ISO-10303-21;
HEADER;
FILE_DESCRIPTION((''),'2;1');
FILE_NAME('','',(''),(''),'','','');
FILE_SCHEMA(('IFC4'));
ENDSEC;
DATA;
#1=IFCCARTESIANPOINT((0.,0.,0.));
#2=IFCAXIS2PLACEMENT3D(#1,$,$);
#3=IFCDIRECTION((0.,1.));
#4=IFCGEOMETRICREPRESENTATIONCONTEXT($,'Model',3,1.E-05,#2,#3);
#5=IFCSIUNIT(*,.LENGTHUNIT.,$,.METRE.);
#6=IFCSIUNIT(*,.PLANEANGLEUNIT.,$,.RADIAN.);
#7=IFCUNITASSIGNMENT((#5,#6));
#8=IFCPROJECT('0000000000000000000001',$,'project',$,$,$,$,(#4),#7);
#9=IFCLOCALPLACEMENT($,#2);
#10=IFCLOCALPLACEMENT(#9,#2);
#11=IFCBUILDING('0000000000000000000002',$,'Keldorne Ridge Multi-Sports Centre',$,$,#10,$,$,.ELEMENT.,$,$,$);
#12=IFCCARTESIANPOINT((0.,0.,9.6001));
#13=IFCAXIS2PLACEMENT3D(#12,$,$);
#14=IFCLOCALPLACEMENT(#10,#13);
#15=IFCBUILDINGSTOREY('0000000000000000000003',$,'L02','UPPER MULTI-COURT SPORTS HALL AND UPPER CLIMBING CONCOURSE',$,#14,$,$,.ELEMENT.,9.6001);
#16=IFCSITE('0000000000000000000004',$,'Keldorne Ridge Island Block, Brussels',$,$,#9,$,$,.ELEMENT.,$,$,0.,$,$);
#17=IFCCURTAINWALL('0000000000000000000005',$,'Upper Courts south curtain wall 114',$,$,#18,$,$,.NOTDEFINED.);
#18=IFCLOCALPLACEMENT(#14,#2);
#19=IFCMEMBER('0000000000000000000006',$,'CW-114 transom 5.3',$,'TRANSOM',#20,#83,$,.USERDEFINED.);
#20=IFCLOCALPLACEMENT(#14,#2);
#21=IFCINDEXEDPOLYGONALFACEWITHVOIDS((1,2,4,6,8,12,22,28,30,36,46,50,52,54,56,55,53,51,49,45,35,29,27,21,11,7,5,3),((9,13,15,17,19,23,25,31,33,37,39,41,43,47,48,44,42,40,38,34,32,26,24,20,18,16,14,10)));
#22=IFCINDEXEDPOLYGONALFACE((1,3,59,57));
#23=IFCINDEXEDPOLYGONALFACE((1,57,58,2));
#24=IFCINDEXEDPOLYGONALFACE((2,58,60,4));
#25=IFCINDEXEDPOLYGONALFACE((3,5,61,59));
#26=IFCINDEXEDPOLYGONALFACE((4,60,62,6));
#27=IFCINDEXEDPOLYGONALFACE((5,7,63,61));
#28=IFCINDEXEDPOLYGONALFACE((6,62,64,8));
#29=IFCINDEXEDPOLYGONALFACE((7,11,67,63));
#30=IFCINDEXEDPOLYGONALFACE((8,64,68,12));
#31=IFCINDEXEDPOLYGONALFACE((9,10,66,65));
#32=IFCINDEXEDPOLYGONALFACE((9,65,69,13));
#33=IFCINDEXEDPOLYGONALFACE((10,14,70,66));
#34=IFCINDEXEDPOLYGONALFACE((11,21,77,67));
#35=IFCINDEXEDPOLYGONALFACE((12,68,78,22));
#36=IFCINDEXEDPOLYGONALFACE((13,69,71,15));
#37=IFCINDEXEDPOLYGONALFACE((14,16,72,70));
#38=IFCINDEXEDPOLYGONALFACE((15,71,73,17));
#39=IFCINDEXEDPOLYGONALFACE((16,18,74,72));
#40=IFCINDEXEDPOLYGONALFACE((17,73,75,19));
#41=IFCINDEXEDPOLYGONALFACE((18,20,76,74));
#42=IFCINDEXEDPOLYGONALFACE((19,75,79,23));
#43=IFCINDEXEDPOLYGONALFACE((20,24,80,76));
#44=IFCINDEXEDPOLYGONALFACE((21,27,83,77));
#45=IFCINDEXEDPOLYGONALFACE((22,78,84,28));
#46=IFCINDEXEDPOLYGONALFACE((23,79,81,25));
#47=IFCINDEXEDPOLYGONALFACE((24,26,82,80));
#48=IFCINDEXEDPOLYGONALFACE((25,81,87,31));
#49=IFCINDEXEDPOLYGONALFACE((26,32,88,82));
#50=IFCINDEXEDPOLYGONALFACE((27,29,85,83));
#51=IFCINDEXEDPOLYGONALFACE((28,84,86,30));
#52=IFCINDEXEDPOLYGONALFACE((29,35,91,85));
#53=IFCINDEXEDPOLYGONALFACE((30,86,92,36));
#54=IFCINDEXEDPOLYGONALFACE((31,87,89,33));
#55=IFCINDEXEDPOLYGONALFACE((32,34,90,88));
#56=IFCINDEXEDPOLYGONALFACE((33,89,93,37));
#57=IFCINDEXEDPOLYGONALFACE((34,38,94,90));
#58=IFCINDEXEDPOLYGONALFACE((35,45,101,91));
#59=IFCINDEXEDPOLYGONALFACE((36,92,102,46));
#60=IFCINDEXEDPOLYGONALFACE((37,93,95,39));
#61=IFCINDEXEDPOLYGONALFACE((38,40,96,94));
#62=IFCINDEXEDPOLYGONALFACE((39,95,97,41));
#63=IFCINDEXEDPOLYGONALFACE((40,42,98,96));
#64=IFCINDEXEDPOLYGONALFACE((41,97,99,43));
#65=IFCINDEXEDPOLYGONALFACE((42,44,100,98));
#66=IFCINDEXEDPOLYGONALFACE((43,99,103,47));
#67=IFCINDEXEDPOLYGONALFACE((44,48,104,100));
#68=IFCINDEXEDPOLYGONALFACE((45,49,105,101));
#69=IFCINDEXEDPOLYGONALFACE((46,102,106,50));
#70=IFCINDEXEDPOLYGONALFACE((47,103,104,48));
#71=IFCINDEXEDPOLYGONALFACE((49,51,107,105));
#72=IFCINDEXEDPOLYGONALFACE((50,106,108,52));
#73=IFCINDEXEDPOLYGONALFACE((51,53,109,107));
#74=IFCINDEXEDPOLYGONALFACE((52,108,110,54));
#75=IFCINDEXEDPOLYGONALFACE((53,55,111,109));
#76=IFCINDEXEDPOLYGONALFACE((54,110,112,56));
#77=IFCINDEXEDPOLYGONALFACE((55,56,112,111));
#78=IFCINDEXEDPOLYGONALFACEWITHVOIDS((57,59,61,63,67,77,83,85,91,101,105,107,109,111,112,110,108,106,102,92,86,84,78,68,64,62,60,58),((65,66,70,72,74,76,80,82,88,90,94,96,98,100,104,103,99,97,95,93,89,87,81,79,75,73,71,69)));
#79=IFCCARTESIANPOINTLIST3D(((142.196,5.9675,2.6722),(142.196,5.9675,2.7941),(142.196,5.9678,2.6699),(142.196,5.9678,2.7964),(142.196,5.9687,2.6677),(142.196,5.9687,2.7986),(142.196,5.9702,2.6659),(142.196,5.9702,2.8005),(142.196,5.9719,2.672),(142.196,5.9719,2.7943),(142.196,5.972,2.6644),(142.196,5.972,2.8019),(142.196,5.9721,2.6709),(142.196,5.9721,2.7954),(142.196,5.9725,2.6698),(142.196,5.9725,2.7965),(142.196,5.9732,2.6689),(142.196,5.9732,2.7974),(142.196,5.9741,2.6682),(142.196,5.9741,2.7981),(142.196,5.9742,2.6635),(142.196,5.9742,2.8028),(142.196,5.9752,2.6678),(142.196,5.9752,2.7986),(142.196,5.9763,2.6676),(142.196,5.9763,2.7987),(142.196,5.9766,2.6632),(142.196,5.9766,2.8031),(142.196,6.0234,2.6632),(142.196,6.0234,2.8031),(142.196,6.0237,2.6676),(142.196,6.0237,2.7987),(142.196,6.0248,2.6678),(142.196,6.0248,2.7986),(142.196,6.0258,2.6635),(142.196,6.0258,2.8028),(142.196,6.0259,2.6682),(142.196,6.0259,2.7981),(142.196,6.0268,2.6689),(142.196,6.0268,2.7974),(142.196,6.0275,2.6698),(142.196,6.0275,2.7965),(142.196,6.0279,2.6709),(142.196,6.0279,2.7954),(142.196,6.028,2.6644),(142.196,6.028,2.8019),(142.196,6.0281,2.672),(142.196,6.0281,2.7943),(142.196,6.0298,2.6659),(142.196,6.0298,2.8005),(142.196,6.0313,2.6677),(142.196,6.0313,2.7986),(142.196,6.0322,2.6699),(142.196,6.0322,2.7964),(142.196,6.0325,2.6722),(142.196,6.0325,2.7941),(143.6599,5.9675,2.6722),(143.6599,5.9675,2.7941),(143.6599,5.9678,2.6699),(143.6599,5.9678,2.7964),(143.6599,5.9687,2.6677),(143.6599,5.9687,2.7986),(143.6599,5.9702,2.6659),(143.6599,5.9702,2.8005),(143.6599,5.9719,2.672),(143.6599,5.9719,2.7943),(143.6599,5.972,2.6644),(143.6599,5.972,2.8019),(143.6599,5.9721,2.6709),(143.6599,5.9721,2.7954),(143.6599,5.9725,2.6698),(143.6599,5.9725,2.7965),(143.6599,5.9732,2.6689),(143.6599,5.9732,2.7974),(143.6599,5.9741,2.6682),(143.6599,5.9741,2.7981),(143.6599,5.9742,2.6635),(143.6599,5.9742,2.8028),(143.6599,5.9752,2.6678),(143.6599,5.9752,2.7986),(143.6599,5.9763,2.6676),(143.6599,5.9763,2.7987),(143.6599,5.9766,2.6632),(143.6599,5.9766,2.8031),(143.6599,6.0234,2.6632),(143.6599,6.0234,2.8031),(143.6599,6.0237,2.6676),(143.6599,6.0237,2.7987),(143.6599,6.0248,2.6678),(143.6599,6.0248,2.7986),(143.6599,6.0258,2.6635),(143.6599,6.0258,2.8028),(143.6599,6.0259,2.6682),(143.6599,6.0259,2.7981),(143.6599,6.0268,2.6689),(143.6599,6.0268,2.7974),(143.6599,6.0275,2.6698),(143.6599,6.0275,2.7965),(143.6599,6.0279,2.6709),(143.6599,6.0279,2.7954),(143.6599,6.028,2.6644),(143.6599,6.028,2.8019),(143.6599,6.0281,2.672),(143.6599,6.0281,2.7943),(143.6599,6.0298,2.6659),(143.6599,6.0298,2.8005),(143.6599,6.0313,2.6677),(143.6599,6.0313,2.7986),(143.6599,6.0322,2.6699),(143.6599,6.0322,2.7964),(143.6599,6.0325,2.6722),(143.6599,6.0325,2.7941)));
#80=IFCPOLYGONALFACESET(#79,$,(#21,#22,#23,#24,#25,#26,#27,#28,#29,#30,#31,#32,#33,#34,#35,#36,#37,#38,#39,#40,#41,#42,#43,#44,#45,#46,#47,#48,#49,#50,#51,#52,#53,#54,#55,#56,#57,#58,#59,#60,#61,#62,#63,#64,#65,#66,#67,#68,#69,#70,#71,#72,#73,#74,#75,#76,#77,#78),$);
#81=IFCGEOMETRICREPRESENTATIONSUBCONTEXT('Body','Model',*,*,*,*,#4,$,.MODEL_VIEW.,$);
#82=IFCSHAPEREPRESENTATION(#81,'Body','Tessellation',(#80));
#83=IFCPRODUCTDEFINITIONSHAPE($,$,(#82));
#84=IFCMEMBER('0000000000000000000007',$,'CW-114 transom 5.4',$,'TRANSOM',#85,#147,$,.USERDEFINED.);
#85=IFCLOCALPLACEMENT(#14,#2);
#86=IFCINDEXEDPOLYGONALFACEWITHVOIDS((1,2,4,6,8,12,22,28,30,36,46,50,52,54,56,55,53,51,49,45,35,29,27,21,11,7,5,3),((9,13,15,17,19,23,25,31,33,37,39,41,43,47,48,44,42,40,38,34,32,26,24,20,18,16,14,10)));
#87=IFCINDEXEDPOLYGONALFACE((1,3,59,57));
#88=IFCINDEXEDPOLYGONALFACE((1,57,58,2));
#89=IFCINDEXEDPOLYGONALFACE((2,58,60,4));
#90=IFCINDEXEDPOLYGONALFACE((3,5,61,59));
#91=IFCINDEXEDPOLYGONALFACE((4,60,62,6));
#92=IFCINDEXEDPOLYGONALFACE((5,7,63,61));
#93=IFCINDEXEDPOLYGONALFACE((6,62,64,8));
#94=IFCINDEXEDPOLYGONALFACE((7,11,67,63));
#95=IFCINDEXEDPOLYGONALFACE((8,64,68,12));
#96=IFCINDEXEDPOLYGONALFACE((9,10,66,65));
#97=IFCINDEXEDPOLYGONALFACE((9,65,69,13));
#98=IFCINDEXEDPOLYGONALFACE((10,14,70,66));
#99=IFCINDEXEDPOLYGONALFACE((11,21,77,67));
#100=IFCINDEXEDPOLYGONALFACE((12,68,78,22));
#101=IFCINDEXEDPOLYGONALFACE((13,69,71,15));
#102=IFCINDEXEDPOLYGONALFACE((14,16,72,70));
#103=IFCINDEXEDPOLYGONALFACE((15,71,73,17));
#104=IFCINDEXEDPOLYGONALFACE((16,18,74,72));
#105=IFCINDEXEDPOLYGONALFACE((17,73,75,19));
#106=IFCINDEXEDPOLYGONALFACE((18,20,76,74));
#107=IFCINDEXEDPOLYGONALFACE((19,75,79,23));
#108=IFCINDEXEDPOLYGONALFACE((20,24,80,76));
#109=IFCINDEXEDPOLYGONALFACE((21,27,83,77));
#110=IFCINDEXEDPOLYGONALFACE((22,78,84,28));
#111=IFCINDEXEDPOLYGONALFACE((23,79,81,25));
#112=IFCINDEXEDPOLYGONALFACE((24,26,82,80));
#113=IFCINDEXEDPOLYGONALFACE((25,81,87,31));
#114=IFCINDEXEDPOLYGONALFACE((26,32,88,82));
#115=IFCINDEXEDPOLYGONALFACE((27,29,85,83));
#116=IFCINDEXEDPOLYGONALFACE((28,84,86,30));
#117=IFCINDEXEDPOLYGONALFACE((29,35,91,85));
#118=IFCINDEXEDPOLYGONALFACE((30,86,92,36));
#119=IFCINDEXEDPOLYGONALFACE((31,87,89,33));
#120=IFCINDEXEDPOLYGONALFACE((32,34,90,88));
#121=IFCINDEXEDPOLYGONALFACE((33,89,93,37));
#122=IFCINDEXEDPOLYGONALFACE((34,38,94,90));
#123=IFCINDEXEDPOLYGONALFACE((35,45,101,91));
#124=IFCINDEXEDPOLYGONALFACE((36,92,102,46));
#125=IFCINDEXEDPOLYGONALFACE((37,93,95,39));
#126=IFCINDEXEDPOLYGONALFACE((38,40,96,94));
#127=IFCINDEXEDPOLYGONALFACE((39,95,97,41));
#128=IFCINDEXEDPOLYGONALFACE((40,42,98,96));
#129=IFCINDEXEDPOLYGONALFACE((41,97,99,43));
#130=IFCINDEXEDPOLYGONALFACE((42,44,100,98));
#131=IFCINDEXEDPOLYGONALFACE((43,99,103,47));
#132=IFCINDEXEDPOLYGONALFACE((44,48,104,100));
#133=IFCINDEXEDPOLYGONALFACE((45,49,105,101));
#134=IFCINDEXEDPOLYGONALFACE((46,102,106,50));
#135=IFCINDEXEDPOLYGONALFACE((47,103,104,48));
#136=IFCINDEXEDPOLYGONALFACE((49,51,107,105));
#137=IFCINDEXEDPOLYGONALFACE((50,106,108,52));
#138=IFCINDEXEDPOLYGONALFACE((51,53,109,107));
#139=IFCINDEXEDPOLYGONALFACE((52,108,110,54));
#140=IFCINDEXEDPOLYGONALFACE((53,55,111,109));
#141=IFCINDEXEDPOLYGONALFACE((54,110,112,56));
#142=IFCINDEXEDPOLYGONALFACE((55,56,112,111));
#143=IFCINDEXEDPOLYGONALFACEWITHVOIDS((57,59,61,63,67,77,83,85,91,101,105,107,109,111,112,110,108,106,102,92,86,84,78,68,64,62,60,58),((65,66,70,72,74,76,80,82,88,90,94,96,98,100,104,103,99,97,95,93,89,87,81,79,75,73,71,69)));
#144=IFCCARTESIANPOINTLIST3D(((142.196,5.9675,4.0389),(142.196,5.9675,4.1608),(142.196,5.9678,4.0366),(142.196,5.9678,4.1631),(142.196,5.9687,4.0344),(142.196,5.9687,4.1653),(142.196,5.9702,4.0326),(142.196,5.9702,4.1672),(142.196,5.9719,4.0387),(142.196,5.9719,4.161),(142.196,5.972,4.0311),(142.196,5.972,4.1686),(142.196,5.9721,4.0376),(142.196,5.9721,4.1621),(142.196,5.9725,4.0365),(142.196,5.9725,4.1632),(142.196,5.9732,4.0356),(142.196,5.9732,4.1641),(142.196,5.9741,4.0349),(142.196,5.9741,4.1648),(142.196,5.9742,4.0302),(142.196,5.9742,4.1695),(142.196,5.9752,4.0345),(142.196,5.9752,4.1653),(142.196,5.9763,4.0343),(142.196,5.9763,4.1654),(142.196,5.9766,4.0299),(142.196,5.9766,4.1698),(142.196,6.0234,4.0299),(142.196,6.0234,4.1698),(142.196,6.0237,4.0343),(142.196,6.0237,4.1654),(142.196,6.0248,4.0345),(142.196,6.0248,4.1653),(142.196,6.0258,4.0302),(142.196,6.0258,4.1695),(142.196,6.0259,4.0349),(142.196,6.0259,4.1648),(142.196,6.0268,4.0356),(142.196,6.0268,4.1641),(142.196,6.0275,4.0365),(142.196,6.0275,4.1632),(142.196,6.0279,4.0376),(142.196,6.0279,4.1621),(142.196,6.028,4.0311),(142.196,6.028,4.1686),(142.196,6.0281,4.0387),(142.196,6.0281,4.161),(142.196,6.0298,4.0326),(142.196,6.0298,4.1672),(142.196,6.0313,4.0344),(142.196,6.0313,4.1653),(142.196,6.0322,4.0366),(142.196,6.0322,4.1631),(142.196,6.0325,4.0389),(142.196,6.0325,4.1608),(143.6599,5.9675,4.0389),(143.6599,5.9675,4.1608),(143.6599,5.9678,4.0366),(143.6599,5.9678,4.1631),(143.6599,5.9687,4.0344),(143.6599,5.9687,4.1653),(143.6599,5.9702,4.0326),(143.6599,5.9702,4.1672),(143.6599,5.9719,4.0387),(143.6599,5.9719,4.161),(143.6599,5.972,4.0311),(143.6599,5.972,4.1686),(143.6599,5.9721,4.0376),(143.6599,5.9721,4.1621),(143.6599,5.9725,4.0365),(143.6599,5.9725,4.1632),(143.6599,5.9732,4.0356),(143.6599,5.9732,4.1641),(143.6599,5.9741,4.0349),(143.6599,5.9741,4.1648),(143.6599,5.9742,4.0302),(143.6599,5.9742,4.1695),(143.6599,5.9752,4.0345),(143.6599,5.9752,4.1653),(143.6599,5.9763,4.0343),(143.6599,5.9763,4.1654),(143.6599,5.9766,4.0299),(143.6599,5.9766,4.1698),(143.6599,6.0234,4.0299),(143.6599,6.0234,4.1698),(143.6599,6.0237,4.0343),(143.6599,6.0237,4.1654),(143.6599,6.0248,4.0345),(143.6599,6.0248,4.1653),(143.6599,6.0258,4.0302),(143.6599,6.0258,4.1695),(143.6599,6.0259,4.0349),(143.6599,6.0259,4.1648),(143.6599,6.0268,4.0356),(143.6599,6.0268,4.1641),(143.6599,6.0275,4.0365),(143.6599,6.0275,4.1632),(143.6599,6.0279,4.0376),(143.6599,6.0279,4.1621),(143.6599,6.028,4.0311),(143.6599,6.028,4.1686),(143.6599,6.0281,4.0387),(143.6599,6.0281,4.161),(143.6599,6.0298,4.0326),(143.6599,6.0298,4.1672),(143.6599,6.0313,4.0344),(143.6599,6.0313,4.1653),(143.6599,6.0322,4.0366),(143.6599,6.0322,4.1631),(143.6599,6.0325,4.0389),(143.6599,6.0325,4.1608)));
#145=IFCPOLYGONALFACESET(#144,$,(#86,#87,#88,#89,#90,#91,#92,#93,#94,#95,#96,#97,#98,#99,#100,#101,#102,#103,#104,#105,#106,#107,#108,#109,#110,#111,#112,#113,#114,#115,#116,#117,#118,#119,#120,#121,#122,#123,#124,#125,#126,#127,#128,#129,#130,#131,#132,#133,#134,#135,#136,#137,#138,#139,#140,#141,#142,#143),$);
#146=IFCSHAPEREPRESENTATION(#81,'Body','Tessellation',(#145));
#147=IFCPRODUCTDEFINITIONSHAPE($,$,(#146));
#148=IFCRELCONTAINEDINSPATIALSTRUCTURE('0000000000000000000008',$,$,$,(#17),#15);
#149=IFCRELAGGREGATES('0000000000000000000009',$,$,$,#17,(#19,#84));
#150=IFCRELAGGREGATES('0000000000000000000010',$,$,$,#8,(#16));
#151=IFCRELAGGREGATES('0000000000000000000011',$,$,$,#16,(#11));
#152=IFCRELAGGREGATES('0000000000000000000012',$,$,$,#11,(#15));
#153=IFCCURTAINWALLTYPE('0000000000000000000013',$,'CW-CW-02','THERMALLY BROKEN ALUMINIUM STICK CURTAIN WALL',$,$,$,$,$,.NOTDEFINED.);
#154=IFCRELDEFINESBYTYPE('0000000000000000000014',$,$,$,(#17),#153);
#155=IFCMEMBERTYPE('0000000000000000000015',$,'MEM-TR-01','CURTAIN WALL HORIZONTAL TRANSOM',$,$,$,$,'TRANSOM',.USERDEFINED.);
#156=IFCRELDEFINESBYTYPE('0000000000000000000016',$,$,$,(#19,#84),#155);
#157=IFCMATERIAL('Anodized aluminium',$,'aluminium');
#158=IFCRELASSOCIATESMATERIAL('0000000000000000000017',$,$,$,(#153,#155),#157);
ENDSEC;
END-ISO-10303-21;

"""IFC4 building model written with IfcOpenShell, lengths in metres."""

from ifc_helpers import new_model, si_unit, direction, frame, origin, origin_2d, place, context, subcontext, project, spatial, hollow_rectangle, extrude, material, material_profile, profile_set, type_object, element, aggregate, save


model = new_model("IFC4")

# Units and contexts
model_context = context("Model", 3, precision=1e-05, world=origin(), true_north=direction((0.0, 1.0)))
body_context = subcontext(model_context, "Body", "Model", "MODEL_VIEW")
ifc_project = project(units=[si_unit("LENGTHUNIT", "METRE"), si_unit("PLANEANGLEUNIT", "RADIAN")], contexts=[model_context])

# Site, building, storey
site_placement = place(None, origin())
site = spatial("IfcSite", under=ifc_project, at=site_placement, Name="Keldorne Ridge Island Block, Brussels", CompositionType="ELEMENT", RefElevation=0.0)
building_placement = place(site_placement, origin())
building = spatial("IfcBuilding", under=site, at=building_placement, Name="Keldorne Ridge Multi-Sports Centre", CompositionType="ELEMENT")
storey_placement = place(building_placement, frame((0.0, 0.0, 9.6001)))
storey = spatial("IfcBuildingStorey", under=building, at=storey_placement, Name="L02", Description="UPPER MULTI-COURT SPORTS HALL AND UPPER CLIMBING CONCOURSE", CompositionType="ELEMENT", Elevation=9.6001)

# Curtain wall
ifc_material_1 = material(Name="Anodized aluminium", Category="aluminium")
curtain_wall_type_1 = type_object("IfcCurtainWallType", Name="CW-CW-02", Description="THERMALLY BROKEN ALUMINIUM STICK CURTAIN WALL", PredefinedType="NOTDEFINED", material=ifc_material_1)
curtain_wall_1_placement = place(storey_placement, origin())
curtain_wall_1 = element("IfcCurtainWall", 1, at=curtain_wall_1_placement, inside=storey, type_object=curtain_wall_type_1, Name="Upper Courts south curtain wall 114", PredefinedType="NOTDEFINED")

# Members
ifc_material_profile_1 = material_profile(ifc_material_1, hollow_rectangle(XDim=0.0649, YDim=0.1399, WallThickness=0.0044, InnerFilletRadius=0.0044, OuterFilletRadius=0.009, at=origin_2d()), Name="ALU TRANSOM 140x65x4.5")
ifc_profile_set_1 = profile_set([ifc_material_profile_1], Name="Anodized aluminium")
member_type_1 = type_object("IfcMemberType", Name="MEM-TR-01", Description="CURTAIN WALL HORIZONTAL TRANSOM", ElementType="TRANSOM", PredefinedType="USERDEFINED", material=ifc_profile_set_1)
member_1_placement = place(storey_placement, frame((142.196, 6.0, 2.7332), z_axis=(1.0, 0.0, 0.0), x_axis=(0.0, 1.0, 0.0)))
member_1 = element("IfcMember", 2, at=member_1_placement, type_object=member_type_1, Name="CW-114 transom 5.3", ObjectType="TRANSOM", PredefinedType="USERDEFINED", context=body_context, shape_type="SweptSolid", body=[
    extrude(hollow_rectangle(XDim=0.0649, YDim=0.1399, WallThickness=0.0044, InnerFilletRadius=0.0044, OuterFilletRadius=0.009, at=origin_2d()), origin(), (0.0, 0.0, 1.0), 1.4639),
])
member_2_placement = place(storey_placement, frame((142.196, 6.0, 4.0999), z_axis=(1.0, 0.0, 0.0), x_axis=(0.0, 1.0, 0.0)))
member_2 = element("IfcMember", 3, at=member_2_placement, type_object=member_type_1, Name="CW-114 transom 5.4", ObjectType="TRANSOM", PredefinedType="USERDEFINED", context=body_context, shape_type="SweptSolid", body=[
    extrude(hollow_rectangle(XDim=0.0649, YDim=0.1399, WallThickness=0.0044, InnerFilletRadius=0.0044, OuterFilletRadius=0.009, at=origin_2d()), origin(), (0.0, 0.0, 1.0), 1.4639),
])

aggregate(curtain_wall_1, [member_1, member_2])

save(model, "model.ifc")
